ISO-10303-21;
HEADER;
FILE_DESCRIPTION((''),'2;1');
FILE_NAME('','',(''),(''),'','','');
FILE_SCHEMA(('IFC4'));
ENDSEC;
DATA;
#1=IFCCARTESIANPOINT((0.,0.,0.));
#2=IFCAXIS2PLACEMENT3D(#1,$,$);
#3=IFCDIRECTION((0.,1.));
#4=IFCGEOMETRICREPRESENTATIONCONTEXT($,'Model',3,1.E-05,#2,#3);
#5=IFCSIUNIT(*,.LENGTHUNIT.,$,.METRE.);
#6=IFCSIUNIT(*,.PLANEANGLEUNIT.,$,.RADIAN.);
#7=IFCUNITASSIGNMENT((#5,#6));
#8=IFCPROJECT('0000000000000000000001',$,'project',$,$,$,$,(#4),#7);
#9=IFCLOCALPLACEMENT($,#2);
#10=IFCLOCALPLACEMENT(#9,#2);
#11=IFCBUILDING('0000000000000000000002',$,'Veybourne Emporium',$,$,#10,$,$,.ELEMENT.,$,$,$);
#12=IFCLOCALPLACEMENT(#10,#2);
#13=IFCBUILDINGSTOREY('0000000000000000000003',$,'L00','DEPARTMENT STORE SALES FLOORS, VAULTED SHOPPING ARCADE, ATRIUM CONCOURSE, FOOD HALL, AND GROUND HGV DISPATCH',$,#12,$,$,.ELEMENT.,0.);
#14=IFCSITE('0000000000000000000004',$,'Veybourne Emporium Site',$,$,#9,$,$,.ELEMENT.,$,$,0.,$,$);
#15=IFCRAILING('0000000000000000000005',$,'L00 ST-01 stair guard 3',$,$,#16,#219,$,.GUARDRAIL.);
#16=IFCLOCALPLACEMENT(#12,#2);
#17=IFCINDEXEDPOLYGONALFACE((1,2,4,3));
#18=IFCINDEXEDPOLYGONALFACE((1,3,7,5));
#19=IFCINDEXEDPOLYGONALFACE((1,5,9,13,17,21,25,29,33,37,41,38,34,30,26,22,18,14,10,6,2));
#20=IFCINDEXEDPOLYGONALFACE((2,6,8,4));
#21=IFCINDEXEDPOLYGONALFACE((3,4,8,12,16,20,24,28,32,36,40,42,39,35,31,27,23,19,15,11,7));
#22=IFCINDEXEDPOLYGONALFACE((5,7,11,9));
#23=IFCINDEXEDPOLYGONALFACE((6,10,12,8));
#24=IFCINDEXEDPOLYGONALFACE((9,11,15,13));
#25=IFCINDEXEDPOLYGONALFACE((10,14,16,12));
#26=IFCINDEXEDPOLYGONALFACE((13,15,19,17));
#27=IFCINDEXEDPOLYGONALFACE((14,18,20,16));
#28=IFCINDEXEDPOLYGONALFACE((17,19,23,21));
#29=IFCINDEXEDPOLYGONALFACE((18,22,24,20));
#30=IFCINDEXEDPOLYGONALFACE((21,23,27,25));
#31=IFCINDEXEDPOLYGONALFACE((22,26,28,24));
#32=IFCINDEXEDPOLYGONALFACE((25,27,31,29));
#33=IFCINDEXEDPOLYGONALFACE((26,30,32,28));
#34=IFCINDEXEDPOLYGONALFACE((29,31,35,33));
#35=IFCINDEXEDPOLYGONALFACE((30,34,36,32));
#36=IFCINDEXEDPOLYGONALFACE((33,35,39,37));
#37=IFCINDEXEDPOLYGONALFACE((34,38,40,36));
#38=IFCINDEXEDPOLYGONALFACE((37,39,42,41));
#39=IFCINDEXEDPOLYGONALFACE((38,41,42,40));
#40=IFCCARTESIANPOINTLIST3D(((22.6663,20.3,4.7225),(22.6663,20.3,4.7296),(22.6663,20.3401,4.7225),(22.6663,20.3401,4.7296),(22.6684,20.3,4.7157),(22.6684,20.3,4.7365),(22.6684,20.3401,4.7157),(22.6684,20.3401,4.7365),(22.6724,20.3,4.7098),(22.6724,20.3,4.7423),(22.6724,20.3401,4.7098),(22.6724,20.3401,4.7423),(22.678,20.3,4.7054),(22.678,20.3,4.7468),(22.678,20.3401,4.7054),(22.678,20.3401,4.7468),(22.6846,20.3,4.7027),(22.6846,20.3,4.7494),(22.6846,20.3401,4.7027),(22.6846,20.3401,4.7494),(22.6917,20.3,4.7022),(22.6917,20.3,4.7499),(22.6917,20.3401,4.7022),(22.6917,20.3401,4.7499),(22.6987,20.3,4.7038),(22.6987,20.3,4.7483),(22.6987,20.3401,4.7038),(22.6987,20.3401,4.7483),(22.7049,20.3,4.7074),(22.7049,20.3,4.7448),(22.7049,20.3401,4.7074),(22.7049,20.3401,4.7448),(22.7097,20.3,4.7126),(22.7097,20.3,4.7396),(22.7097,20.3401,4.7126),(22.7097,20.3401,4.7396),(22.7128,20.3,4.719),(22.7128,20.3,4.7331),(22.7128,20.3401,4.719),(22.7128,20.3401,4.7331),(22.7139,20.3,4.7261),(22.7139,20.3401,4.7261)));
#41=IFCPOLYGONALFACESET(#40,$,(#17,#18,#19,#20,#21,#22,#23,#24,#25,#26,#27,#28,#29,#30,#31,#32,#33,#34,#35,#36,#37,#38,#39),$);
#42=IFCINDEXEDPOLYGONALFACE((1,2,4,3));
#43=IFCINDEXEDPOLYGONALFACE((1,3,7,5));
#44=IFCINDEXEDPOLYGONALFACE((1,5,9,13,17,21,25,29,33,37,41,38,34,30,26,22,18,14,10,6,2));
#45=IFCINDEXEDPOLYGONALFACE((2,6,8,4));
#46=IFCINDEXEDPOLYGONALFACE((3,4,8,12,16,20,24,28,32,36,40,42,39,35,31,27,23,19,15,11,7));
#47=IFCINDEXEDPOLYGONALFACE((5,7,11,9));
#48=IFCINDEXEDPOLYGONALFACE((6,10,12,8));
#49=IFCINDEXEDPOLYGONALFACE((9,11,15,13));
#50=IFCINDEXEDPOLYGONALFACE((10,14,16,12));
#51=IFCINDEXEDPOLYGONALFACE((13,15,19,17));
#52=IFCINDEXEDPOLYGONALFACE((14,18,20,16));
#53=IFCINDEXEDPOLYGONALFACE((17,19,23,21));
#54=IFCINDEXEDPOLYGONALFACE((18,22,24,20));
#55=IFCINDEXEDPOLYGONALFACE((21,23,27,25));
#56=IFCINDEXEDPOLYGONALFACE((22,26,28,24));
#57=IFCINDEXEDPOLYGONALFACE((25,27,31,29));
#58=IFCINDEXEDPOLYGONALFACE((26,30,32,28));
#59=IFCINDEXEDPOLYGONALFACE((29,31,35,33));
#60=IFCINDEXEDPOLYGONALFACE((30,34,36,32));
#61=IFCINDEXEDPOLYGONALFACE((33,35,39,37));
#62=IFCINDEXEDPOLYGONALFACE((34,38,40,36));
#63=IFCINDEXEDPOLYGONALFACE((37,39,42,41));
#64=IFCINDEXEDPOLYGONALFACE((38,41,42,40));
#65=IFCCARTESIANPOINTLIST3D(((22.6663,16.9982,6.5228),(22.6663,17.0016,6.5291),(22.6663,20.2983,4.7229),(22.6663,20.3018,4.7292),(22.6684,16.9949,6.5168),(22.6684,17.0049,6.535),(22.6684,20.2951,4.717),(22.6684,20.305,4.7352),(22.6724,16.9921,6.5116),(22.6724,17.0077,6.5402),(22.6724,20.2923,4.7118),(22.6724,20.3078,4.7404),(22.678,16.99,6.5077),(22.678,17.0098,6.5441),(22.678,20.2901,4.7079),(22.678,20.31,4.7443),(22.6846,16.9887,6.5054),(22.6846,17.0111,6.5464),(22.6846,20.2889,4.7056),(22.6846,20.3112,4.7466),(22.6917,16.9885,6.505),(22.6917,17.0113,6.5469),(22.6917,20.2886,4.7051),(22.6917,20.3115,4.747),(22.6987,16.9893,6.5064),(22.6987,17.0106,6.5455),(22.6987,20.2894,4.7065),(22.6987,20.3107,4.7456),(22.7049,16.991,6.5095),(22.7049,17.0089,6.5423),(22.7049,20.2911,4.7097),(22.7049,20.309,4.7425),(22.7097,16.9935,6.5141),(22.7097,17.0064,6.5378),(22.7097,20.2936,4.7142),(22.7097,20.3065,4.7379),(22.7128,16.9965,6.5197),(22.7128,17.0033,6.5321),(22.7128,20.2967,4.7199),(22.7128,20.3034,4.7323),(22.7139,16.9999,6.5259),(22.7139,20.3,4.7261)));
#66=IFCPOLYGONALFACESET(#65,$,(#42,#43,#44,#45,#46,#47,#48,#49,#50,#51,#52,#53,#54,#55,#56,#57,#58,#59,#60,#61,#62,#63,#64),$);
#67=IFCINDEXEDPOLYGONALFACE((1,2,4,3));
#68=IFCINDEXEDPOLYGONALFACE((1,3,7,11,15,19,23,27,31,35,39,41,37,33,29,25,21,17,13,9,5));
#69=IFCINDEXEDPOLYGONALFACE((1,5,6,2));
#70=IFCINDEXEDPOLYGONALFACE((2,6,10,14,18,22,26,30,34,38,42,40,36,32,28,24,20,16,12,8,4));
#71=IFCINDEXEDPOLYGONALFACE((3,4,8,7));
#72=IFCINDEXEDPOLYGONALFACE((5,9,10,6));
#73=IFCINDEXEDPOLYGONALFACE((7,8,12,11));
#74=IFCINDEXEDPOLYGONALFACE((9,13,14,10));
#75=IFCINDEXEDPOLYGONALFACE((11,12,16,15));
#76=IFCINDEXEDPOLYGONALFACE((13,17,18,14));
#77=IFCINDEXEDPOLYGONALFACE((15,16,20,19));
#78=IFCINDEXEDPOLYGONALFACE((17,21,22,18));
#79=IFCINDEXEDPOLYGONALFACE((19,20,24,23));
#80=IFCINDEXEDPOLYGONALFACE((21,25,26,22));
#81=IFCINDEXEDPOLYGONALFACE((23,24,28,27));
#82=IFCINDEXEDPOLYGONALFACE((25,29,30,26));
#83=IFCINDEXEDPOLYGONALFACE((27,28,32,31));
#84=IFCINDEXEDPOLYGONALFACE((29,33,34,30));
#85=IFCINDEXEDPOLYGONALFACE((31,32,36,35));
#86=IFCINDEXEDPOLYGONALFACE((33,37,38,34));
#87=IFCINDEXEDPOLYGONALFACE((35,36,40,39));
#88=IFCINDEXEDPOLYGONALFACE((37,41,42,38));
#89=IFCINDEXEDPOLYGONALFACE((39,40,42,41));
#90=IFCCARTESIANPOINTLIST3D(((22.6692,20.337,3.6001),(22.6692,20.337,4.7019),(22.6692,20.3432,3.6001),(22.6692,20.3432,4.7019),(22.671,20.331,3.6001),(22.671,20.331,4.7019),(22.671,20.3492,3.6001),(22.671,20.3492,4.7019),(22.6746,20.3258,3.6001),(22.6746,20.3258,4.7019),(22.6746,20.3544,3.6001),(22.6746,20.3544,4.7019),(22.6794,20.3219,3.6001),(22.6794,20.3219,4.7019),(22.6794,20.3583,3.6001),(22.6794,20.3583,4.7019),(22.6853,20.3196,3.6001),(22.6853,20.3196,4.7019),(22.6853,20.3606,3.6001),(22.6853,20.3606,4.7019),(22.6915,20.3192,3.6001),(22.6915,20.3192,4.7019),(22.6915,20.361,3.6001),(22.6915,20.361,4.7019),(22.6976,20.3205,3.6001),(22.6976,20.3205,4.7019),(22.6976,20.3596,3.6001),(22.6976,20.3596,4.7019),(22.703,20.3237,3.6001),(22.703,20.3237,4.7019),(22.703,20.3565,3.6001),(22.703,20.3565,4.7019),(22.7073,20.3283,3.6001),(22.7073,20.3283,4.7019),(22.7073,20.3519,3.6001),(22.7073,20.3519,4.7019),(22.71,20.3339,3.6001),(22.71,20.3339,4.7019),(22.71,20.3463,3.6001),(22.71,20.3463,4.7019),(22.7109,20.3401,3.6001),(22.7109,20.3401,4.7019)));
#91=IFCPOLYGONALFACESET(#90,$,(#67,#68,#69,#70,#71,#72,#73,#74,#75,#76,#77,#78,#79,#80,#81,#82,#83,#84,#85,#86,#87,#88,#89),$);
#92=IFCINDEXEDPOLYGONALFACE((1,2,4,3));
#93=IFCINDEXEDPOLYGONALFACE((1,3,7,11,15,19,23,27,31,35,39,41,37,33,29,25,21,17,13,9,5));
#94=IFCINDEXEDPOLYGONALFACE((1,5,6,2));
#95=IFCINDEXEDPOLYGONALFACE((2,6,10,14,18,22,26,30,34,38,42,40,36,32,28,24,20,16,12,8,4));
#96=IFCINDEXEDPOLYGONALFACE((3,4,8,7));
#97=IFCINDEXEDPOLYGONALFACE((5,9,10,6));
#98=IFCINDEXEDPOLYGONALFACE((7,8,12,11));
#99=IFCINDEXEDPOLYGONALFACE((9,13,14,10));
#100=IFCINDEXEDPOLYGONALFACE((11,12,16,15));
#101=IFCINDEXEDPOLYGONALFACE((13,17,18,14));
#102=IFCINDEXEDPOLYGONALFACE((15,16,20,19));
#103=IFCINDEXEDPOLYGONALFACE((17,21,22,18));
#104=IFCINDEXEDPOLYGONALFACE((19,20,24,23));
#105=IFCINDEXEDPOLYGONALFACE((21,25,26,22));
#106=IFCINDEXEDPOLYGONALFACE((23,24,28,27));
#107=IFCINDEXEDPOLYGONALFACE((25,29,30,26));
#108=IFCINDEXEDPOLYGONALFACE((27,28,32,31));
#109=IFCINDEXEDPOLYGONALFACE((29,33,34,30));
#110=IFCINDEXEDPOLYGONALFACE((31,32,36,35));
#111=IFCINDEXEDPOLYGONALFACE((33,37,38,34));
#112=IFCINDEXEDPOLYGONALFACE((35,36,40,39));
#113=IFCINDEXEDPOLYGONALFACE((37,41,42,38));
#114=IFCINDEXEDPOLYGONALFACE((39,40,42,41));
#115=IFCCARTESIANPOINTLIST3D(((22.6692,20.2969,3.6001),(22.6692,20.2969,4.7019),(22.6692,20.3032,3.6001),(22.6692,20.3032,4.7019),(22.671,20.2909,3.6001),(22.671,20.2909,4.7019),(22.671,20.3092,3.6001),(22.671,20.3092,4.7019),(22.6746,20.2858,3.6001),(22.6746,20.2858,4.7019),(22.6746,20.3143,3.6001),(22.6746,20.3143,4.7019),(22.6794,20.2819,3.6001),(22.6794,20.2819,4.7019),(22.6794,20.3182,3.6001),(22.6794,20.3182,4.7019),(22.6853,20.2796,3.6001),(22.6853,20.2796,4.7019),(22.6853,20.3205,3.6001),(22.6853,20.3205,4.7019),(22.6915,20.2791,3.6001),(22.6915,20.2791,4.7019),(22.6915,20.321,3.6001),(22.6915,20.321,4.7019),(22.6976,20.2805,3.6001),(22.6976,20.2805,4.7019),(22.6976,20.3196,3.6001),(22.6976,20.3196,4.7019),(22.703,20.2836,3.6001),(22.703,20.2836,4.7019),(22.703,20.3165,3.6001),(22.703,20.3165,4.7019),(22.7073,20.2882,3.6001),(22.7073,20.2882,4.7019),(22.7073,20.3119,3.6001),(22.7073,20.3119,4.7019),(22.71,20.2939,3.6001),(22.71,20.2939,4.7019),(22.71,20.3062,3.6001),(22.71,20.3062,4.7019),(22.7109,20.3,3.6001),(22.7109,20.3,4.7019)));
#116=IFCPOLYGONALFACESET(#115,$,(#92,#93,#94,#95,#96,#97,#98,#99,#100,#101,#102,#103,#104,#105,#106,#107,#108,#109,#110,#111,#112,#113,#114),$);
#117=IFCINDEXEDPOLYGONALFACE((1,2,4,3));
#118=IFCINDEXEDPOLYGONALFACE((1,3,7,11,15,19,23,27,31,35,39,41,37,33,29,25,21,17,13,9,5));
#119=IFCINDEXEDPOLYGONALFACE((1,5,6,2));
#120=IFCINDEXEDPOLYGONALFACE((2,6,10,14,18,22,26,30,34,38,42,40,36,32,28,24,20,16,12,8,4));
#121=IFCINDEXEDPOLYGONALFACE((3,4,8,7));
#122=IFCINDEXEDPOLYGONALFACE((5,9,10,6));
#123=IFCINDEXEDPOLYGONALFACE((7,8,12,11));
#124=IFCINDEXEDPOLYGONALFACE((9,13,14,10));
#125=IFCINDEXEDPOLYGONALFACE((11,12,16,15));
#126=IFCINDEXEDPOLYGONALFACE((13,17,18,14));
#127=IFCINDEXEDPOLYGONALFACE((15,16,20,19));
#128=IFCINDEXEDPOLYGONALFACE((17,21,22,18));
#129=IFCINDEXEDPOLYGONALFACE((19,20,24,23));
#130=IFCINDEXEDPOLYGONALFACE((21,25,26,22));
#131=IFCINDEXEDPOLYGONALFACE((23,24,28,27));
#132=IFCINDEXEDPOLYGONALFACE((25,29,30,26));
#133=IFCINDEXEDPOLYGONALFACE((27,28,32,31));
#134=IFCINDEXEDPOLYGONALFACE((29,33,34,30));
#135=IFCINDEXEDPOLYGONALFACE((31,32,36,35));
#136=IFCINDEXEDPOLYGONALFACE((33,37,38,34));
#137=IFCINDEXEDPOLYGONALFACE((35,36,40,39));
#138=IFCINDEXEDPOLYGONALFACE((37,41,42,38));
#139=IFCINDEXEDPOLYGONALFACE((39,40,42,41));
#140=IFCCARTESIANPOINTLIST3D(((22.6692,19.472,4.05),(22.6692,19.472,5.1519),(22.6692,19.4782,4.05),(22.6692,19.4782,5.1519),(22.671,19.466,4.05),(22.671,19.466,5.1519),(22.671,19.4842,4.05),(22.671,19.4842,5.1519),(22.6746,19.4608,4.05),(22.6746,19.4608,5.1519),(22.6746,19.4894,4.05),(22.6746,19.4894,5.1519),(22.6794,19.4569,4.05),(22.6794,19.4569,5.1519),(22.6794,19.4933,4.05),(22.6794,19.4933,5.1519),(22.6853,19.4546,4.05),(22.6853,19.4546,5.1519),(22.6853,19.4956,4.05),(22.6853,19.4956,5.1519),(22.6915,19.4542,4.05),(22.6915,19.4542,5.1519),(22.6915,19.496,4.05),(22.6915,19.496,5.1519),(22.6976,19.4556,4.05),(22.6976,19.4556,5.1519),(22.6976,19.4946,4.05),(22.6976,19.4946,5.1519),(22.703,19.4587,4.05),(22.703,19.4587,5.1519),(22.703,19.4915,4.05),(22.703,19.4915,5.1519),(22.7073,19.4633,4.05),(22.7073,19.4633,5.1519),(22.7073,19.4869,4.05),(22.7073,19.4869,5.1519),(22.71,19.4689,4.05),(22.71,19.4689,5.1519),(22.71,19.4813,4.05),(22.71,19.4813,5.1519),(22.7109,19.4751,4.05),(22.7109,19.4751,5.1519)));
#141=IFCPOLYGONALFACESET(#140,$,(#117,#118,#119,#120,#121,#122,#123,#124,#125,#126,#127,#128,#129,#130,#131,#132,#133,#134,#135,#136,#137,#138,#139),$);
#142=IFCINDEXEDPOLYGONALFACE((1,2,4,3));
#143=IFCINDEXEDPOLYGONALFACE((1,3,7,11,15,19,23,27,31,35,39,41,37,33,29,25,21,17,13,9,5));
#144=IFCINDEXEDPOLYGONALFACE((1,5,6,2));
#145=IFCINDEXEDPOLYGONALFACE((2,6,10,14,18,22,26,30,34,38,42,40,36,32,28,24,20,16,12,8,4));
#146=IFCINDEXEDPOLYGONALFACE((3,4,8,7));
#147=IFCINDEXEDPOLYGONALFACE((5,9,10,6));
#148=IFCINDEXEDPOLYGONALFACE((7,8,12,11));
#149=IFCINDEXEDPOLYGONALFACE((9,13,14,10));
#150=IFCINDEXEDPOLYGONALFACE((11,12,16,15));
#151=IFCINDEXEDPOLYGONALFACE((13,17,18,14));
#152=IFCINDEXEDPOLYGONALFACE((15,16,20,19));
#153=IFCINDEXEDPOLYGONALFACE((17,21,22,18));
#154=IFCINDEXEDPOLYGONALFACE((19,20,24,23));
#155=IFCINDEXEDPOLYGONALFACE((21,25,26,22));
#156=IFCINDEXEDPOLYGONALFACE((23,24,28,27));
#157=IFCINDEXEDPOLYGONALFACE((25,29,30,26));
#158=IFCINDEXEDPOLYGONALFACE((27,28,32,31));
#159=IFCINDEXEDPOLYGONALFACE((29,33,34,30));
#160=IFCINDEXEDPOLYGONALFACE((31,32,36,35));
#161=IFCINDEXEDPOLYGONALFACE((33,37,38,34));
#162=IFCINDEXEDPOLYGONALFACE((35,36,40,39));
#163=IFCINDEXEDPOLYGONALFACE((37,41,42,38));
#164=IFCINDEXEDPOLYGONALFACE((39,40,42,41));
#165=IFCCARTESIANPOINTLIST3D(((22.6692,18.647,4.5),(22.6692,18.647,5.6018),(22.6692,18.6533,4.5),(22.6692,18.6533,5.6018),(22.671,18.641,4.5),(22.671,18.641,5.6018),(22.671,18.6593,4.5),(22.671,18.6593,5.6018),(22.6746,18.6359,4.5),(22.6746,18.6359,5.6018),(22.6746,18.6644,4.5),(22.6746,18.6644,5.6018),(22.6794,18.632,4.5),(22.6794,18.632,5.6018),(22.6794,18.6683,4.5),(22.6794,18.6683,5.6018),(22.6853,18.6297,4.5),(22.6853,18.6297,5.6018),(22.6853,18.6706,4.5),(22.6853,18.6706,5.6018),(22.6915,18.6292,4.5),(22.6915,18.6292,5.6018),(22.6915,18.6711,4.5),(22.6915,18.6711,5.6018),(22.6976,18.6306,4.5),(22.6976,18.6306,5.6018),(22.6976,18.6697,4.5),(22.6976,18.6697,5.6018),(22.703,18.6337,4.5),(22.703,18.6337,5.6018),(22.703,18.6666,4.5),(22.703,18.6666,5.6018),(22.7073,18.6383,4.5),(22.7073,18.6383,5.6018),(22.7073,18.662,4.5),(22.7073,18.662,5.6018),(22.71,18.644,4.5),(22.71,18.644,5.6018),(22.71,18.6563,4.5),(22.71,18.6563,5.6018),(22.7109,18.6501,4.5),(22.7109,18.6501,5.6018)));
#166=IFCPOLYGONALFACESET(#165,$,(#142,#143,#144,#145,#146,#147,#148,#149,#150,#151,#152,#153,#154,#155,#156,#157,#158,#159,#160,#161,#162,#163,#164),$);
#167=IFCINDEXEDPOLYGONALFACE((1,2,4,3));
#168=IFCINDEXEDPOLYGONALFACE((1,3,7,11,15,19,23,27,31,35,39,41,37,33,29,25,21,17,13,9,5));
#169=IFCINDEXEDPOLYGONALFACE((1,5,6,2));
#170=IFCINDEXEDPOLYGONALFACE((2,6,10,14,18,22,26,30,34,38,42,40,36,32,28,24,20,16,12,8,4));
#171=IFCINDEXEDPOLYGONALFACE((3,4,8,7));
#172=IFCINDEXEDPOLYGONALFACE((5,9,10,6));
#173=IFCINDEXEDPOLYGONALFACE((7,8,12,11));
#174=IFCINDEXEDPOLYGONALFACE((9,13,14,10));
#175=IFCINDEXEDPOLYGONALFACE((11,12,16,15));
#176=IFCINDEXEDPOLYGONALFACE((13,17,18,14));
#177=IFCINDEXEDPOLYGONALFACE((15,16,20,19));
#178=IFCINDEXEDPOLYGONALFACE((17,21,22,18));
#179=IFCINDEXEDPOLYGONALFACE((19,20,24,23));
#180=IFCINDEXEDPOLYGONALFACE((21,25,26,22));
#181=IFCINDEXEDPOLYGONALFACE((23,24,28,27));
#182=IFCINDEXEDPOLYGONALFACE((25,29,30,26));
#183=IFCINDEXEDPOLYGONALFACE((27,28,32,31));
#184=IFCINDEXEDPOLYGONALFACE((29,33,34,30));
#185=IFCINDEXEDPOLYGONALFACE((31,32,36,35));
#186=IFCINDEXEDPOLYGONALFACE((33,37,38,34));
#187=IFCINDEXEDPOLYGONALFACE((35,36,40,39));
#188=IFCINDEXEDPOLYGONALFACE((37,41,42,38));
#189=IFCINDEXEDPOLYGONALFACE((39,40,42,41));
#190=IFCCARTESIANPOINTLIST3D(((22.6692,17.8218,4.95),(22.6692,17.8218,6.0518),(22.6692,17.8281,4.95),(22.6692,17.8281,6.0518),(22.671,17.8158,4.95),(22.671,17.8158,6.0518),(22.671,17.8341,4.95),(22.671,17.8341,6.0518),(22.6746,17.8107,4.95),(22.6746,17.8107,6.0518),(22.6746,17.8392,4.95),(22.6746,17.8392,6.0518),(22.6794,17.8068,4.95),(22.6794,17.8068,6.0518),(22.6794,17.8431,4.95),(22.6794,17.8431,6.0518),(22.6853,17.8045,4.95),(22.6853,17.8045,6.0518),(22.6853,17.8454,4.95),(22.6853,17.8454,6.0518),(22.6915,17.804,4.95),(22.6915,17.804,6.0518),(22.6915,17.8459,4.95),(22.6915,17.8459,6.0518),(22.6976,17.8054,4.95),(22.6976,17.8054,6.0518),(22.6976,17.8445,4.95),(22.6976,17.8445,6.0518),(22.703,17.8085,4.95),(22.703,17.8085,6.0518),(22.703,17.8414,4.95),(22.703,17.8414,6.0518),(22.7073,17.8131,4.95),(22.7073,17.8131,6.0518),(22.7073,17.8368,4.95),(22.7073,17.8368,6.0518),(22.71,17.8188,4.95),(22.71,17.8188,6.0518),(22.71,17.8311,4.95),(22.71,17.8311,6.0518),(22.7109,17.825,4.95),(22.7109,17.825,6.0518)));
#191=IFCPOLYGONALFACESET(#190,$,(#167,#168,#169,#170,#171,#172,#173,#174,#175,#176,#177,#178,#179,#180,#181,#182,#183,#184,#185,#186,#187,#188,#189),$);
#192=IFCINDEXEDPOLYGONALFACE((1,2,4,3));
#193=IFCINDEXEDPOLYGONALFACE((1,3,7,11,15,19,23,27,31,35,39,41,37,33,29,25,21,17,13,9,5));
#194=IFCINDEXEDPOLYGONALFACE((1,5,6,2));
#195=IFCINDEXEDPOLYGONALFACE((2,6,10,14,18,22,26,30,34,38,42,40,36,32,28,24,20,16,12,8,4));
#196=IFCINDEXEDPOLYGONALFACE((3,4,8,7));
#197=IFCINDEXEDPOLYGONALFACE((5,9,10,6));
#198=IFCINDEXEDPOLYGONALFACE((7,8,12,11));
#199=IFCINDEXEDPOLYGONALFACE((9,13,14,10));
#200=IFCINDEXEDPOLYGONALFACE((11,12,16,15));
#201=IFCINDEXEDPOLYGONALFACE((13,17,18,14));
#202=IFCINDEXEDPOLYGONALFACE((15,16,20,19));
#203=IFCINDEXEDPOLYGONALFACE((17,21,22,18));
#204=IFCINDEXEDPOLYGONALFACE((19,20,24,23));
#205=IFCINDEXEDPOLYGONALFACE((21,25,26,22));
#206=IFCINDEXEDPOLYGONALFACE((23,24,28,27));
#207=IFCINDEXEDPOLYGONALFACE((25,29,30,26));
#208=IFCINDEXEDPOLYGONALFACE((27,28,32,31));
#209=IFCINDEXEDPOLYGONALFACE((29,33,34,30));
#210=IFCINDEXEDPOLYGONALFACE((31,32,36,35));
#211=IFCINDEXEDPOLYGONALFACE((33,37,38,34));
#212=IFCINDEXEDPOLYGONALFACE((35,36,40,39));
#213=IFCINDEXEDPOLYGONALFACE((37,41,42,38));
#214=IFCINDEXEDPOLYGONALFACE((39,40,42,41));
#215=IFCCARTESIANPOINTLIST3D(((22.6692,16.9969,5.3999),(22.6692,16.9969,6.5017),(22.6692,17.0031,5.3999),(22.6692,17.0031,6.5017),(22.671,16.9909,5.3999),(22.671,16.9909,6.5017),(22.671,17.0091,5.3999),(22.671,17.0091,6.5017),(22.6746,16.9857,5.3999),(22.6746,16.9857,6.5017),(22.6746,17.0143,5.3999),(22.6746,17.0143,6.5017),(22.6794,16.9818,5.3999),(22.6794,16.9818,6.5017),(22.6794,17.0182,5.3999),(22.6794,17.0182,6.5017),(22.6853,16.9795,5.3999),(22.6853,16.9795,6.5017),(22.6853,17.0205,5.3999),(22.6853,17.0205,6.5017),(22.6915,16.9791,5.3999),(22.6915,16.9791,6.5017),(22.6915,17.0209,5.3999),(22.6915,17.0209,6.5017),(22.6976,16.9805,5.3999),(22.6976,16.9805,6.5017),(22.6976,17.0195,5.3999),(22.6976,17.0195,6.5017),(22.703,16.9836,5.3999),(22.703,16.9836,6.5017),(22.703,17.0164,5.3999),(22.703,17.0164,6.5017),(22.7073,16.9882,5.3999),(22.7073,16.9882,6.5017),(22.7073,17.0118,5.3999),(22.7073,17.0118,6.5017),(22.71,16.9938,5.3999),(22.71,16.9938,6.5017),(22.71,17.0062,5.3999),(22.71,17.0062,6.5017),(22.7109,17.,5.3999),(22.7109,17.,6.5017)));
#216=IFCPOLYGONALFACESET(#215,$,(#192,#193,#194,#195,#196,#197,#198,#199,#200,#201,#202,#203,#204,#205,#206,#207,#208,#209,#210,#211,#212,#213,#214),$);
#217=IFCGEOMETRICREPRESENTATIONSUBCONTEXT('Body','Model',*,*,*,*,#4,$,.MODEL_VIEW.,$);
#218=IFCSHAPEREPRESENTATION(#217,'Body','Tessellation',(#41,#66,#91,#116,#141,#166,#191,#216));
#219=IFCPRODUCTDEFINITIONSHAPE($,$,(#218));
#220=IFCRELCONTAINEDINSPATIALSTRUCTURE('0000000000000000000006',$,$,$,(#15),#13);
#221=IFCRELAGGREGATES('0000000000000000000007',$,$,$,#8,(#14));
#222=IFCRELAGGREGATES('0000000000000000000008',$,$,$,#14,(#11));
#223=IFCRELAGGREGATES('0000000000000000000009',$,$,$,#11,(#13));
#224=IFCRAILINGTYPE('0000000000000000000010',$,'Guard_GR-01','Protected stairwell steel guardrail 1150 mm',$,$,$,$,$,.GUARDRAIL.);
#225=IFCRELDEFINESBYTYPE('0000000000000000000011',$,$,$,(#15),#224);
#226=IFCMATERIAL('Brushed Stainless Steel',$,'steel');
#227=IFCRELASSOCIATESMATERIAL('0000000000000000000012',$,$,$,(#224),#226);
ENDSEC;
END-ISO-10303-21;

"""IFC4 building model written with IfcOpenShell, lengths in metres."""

from ifc_helpers import new_model, si_unit, direction, frame, origin, origin_2d, place, context, subcontext, project, spatial, circle, extrude, material, type_object, element, save


model = new_model("IFC4")

# Units and contexts
model_context = context("Model", 3, precision=1e-05, world=origin(), true_north=direction((0.0, 1.0)))
body_context = subcontext(model_context, "Body", "Model", "MODEL_VIEW")
ifc_project = project(units=[si_unit("LENGTHUNIT", "METRE"), si_unit("PLANEANGLEUNIT", "RADIAN")], contexts=[model_context])

# Site, building, storey
site_placement = place(None, origin())
site = spatial("IfcSite", under=ifc_project, at=site_placement, Name="Veybourne Emporium Site", CompositionType="ELEMENT", RefElevation=0.0)
building_placement = place(site_placement, origin())
building = spatial("IfcBuilding", under=site, at=building_placement, Name="Veybourne Emporium", CompositionType="ELEMENT")
storey_placement = place(building_placement, origin())
storey = spatial("IfcBuildingStorey", under=building, at=storey_placement, Name="L00", Description="DEPARTMENT STORE SALES FLOORS, VAULTED SHOPPING ARCADE, ATRIUM CONCOURSE, FOOD HALL, AND GROUND HGV DISPATCH", CompositionType="ELEMENT", Elevation=0.0)

# Railing
ifc_material_1 = material(Name="Brushed Stainless Steel", Category="steel")
railing_type_1 = type_object("IfcRailingType", Name="Guard_GR-01", Description="Protected stairwell steel guardrail 1150 mm", PredefinedType="GUARDRAIL", material=ifc_material_1)
railing_1_placement = place(storey_placement, frame((22.6899, 20.3401, 3.6001)))
element("IfcRailing", 1, at=railing_1_placement, inside=storey, type_object=railing_type_1, Name="L00 ST-01 stair guard 3", PredefinedType="GUARDRAIL", context=body_context, shape_type="SweptSolid", body=[
    extrude(circle(Radius=0.0239, at=origin_2d()), frame((0.0, 0.0, 1.126), z_axis=(0.0, -1.0, 0.0), x_axis=(1.0, 0.0, 0.0)), (0.0, 0.0, 1.0), 0.04),
    extrude(circle(Radius=0.0239, at=origin_2d()), frame((0.0, -0.04, 1.126), z_axis=(0.0, -0.87792, 0.478807), x_axis=(1.0, 0.0, 0.0)), (0.0, 0.0, 1.0), 3.759),
    extrude(circle(Radius=0.021, at=origin_2d()), origin(), (0.0, 0.0, 1.0), 1.1018),
    extrude(circle(Radius=0.021, at=origin_2d()), frame((0.0, -0.04, 0.0)), (0.0, 0.0, 1.0), 1.1018),
    extrude(circle(Radius=0.021, at=origin_2d()), frame((0.0, -0.865, 0.45)), (0.0, 0.0, 1.0), 1.1018),
    extrude(circle(Radius=0.021, at=origin_2d()), frame((0.0, -1.6899, 0.8999)), (0.0, 0.0, 1.0), 1.1018),
    extrude(circle(Radius=0.021, at=origin_2d()), frame((0.0, -2.5151, 1.3499)), (0.0, 0.0, 1.0), 1.1018),
    extrude(circle(Radius=0.021, at=origin_2d()), frame((0.0, -3.3401, 1.7998)), (0.0, 0.0, 1.0), 1.1018),
])

save(model, "model.ifc")
